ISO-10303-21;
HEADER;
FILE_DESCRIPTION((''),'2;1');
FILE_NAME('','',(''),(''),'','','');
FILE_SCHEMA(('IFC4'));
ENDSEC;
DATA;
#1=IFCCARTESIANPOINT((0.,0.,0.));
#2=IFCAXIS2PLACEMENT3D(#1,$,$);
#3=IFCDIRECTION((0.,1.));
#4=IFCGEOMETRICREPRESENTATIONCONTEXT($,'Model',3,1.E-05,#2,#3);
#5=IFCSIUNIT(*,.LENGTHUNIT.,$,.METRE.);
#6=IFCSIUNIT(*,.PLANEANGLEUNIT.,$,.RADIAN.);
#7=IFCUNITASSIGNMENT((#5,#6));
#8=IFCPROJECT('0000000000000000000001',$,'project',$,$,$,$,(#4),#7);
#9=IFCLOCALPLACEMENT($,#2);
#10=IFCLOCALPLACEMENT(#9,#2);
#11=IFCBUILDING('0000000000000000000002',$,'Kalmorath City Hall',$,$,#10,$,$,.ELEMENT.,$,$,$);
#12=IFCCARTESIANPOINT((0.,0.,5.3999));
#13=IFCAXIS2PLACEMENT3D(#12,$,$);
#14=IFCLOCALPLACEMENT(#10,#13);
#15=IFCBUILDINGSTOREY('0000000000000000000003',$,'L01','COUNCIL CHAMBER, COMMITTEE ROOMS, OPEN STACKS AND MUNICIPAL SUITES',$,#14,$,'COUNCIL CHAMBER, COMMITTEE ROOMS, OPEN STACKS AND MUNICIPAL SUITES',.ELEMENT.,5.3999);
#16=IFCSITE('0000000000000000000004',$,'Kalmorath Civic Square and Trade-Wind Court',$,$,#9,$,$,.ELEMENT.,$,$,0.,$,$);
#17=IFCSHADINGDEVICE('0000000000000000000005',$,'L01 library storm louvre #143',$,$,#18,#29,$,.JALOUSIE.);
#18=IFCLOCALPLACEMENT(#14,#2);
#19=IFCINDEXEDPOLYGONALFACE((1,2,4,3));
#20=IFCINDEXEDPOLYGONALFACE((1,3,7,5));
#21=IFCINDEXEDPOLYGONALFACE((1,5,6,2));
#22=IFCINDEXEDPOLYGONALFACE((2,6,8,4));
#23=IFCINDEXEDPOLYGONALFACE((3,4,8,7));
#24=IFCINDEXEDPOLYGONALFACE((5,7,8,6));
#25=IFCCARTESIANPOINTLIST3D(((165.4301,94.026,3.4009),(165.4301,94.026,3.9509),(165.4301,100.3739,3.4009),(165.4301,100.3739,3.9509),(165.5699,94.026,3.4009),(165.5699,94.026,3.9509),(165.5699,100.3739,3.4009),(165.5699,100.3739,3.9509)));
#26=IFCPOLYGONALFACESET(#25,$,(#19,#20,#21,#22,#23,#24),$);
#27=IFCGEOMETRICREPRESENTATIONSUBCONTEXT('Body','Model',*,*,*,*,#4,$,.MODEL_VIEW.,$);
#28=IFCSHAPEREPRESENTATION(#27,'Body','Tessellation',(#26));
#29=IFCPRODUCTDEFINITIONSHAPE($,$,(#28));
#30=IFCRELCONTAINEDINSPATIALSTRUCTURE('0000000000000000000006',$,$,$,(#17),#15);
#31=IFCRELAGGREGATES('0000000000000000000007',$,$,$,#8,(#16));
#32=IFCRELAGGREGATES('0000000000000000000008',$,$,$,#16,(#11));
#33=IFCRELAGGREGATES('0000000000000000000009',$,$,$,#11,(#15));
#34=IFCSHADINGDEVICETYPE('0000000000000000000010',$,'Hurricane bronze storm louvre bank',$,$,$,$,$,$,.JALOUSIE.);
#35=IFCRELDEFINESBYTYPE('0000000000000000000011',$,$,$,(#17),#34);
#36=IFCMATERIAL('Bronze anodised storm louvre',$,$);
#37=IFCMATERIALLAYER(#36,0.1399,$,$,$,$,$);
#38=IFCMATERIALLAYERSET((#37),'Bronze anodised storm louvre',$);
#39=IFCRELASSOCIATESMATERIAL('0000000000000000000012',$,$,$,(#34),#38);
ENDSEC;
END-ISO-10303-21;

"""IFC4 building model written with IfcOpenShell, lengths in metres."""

from ifc_helpers import new_model, si_unit, direction, frame, origin, origin_2d, place, context, subcontext, project, spatial, rectangle, extrude, material, layer, layer_set, type_object, element, save


model = new_model("IFC4")

# Units and contexts
model_context = context("Model", 3, precision=1e-05, world=origin(), true_north=direction((0.0, 1.0)))
body_context = subcontext(model_context, "Body", "Model", "MODEL_VIEW")
ifc_project = project(units=[si_unit("LENGTHUNIT", "METRE"), si_unit("PLANEANGLEUNIT", "RADIAN")], contexts=[model_context])

# Site, building, storey
site_placement = place(None, origin())
site = spatial("IfcSite", under=ifc_project, at=site_placement, Name="Kalmorath Civic Square and Trade-Wind Court", CompositionType="ELEMENT", RefElevation=0.0)
building_placement = place(site_placement, origin())
building = spatial("IfcBuilding", under=site, at=building_placement, Name="Kalmorath City Hall", CompositionType="ELEMENT")
storey_placement = place(building_placement, frame((0.0, 0.0, 5.3999)))
storey = spatial("IfcBuildingStorey", under=building, at=storey_placement, Name="L01", Description="COUNCIL CHAMBER, COMMITTEE ROOMS, OPEN STACKS AND MUNICIPAL SUITES", LongName="COUNCIL CHAMBER, COMMITTEE ROOMS, OPEN STACKS AND MUNICIPAL SUITES", CompositionType="ELEMENT", Elevation=5.3999)

# Shading device
ifc_material_1 = material(Name="Bronze anodised storm louvre")
ifc_layer_1 = layer(ifc_material_1, 0.1399)
ifc_layer_set_1 = layer_set([ifc_layer_1], Name="Bronze anodised storm louvre")
shading_device_type = type_object("IfcShadingDeviceType", Name="Hurricane bronze storm louvre bank", PredefinedType="JALOUSIE", material=ifc_layer_set_1)
shading_device_placement = place(storey_placement, frame((165.5, 97.2, 3.4009), z_axis=(0.0, 0.0, 1.0), x_axis=(0.0, -1.0, 0.0)))
element("IfcShadingDevice", 1, at=shading_device_placement, inside=storey, type_object=shading_device_type, Name="L01 library storm louvre #143", PredefinedType="JALOUSIE", context=body_context, shape_type="SweptSolid", body=[
    extrude(rectangle(XDim=6.3479, YDim=0.1399, at=origin_2d()), origin(), (0.0, 0.0, 1.0), 0.55),
])

save(model, "model.ifc")
